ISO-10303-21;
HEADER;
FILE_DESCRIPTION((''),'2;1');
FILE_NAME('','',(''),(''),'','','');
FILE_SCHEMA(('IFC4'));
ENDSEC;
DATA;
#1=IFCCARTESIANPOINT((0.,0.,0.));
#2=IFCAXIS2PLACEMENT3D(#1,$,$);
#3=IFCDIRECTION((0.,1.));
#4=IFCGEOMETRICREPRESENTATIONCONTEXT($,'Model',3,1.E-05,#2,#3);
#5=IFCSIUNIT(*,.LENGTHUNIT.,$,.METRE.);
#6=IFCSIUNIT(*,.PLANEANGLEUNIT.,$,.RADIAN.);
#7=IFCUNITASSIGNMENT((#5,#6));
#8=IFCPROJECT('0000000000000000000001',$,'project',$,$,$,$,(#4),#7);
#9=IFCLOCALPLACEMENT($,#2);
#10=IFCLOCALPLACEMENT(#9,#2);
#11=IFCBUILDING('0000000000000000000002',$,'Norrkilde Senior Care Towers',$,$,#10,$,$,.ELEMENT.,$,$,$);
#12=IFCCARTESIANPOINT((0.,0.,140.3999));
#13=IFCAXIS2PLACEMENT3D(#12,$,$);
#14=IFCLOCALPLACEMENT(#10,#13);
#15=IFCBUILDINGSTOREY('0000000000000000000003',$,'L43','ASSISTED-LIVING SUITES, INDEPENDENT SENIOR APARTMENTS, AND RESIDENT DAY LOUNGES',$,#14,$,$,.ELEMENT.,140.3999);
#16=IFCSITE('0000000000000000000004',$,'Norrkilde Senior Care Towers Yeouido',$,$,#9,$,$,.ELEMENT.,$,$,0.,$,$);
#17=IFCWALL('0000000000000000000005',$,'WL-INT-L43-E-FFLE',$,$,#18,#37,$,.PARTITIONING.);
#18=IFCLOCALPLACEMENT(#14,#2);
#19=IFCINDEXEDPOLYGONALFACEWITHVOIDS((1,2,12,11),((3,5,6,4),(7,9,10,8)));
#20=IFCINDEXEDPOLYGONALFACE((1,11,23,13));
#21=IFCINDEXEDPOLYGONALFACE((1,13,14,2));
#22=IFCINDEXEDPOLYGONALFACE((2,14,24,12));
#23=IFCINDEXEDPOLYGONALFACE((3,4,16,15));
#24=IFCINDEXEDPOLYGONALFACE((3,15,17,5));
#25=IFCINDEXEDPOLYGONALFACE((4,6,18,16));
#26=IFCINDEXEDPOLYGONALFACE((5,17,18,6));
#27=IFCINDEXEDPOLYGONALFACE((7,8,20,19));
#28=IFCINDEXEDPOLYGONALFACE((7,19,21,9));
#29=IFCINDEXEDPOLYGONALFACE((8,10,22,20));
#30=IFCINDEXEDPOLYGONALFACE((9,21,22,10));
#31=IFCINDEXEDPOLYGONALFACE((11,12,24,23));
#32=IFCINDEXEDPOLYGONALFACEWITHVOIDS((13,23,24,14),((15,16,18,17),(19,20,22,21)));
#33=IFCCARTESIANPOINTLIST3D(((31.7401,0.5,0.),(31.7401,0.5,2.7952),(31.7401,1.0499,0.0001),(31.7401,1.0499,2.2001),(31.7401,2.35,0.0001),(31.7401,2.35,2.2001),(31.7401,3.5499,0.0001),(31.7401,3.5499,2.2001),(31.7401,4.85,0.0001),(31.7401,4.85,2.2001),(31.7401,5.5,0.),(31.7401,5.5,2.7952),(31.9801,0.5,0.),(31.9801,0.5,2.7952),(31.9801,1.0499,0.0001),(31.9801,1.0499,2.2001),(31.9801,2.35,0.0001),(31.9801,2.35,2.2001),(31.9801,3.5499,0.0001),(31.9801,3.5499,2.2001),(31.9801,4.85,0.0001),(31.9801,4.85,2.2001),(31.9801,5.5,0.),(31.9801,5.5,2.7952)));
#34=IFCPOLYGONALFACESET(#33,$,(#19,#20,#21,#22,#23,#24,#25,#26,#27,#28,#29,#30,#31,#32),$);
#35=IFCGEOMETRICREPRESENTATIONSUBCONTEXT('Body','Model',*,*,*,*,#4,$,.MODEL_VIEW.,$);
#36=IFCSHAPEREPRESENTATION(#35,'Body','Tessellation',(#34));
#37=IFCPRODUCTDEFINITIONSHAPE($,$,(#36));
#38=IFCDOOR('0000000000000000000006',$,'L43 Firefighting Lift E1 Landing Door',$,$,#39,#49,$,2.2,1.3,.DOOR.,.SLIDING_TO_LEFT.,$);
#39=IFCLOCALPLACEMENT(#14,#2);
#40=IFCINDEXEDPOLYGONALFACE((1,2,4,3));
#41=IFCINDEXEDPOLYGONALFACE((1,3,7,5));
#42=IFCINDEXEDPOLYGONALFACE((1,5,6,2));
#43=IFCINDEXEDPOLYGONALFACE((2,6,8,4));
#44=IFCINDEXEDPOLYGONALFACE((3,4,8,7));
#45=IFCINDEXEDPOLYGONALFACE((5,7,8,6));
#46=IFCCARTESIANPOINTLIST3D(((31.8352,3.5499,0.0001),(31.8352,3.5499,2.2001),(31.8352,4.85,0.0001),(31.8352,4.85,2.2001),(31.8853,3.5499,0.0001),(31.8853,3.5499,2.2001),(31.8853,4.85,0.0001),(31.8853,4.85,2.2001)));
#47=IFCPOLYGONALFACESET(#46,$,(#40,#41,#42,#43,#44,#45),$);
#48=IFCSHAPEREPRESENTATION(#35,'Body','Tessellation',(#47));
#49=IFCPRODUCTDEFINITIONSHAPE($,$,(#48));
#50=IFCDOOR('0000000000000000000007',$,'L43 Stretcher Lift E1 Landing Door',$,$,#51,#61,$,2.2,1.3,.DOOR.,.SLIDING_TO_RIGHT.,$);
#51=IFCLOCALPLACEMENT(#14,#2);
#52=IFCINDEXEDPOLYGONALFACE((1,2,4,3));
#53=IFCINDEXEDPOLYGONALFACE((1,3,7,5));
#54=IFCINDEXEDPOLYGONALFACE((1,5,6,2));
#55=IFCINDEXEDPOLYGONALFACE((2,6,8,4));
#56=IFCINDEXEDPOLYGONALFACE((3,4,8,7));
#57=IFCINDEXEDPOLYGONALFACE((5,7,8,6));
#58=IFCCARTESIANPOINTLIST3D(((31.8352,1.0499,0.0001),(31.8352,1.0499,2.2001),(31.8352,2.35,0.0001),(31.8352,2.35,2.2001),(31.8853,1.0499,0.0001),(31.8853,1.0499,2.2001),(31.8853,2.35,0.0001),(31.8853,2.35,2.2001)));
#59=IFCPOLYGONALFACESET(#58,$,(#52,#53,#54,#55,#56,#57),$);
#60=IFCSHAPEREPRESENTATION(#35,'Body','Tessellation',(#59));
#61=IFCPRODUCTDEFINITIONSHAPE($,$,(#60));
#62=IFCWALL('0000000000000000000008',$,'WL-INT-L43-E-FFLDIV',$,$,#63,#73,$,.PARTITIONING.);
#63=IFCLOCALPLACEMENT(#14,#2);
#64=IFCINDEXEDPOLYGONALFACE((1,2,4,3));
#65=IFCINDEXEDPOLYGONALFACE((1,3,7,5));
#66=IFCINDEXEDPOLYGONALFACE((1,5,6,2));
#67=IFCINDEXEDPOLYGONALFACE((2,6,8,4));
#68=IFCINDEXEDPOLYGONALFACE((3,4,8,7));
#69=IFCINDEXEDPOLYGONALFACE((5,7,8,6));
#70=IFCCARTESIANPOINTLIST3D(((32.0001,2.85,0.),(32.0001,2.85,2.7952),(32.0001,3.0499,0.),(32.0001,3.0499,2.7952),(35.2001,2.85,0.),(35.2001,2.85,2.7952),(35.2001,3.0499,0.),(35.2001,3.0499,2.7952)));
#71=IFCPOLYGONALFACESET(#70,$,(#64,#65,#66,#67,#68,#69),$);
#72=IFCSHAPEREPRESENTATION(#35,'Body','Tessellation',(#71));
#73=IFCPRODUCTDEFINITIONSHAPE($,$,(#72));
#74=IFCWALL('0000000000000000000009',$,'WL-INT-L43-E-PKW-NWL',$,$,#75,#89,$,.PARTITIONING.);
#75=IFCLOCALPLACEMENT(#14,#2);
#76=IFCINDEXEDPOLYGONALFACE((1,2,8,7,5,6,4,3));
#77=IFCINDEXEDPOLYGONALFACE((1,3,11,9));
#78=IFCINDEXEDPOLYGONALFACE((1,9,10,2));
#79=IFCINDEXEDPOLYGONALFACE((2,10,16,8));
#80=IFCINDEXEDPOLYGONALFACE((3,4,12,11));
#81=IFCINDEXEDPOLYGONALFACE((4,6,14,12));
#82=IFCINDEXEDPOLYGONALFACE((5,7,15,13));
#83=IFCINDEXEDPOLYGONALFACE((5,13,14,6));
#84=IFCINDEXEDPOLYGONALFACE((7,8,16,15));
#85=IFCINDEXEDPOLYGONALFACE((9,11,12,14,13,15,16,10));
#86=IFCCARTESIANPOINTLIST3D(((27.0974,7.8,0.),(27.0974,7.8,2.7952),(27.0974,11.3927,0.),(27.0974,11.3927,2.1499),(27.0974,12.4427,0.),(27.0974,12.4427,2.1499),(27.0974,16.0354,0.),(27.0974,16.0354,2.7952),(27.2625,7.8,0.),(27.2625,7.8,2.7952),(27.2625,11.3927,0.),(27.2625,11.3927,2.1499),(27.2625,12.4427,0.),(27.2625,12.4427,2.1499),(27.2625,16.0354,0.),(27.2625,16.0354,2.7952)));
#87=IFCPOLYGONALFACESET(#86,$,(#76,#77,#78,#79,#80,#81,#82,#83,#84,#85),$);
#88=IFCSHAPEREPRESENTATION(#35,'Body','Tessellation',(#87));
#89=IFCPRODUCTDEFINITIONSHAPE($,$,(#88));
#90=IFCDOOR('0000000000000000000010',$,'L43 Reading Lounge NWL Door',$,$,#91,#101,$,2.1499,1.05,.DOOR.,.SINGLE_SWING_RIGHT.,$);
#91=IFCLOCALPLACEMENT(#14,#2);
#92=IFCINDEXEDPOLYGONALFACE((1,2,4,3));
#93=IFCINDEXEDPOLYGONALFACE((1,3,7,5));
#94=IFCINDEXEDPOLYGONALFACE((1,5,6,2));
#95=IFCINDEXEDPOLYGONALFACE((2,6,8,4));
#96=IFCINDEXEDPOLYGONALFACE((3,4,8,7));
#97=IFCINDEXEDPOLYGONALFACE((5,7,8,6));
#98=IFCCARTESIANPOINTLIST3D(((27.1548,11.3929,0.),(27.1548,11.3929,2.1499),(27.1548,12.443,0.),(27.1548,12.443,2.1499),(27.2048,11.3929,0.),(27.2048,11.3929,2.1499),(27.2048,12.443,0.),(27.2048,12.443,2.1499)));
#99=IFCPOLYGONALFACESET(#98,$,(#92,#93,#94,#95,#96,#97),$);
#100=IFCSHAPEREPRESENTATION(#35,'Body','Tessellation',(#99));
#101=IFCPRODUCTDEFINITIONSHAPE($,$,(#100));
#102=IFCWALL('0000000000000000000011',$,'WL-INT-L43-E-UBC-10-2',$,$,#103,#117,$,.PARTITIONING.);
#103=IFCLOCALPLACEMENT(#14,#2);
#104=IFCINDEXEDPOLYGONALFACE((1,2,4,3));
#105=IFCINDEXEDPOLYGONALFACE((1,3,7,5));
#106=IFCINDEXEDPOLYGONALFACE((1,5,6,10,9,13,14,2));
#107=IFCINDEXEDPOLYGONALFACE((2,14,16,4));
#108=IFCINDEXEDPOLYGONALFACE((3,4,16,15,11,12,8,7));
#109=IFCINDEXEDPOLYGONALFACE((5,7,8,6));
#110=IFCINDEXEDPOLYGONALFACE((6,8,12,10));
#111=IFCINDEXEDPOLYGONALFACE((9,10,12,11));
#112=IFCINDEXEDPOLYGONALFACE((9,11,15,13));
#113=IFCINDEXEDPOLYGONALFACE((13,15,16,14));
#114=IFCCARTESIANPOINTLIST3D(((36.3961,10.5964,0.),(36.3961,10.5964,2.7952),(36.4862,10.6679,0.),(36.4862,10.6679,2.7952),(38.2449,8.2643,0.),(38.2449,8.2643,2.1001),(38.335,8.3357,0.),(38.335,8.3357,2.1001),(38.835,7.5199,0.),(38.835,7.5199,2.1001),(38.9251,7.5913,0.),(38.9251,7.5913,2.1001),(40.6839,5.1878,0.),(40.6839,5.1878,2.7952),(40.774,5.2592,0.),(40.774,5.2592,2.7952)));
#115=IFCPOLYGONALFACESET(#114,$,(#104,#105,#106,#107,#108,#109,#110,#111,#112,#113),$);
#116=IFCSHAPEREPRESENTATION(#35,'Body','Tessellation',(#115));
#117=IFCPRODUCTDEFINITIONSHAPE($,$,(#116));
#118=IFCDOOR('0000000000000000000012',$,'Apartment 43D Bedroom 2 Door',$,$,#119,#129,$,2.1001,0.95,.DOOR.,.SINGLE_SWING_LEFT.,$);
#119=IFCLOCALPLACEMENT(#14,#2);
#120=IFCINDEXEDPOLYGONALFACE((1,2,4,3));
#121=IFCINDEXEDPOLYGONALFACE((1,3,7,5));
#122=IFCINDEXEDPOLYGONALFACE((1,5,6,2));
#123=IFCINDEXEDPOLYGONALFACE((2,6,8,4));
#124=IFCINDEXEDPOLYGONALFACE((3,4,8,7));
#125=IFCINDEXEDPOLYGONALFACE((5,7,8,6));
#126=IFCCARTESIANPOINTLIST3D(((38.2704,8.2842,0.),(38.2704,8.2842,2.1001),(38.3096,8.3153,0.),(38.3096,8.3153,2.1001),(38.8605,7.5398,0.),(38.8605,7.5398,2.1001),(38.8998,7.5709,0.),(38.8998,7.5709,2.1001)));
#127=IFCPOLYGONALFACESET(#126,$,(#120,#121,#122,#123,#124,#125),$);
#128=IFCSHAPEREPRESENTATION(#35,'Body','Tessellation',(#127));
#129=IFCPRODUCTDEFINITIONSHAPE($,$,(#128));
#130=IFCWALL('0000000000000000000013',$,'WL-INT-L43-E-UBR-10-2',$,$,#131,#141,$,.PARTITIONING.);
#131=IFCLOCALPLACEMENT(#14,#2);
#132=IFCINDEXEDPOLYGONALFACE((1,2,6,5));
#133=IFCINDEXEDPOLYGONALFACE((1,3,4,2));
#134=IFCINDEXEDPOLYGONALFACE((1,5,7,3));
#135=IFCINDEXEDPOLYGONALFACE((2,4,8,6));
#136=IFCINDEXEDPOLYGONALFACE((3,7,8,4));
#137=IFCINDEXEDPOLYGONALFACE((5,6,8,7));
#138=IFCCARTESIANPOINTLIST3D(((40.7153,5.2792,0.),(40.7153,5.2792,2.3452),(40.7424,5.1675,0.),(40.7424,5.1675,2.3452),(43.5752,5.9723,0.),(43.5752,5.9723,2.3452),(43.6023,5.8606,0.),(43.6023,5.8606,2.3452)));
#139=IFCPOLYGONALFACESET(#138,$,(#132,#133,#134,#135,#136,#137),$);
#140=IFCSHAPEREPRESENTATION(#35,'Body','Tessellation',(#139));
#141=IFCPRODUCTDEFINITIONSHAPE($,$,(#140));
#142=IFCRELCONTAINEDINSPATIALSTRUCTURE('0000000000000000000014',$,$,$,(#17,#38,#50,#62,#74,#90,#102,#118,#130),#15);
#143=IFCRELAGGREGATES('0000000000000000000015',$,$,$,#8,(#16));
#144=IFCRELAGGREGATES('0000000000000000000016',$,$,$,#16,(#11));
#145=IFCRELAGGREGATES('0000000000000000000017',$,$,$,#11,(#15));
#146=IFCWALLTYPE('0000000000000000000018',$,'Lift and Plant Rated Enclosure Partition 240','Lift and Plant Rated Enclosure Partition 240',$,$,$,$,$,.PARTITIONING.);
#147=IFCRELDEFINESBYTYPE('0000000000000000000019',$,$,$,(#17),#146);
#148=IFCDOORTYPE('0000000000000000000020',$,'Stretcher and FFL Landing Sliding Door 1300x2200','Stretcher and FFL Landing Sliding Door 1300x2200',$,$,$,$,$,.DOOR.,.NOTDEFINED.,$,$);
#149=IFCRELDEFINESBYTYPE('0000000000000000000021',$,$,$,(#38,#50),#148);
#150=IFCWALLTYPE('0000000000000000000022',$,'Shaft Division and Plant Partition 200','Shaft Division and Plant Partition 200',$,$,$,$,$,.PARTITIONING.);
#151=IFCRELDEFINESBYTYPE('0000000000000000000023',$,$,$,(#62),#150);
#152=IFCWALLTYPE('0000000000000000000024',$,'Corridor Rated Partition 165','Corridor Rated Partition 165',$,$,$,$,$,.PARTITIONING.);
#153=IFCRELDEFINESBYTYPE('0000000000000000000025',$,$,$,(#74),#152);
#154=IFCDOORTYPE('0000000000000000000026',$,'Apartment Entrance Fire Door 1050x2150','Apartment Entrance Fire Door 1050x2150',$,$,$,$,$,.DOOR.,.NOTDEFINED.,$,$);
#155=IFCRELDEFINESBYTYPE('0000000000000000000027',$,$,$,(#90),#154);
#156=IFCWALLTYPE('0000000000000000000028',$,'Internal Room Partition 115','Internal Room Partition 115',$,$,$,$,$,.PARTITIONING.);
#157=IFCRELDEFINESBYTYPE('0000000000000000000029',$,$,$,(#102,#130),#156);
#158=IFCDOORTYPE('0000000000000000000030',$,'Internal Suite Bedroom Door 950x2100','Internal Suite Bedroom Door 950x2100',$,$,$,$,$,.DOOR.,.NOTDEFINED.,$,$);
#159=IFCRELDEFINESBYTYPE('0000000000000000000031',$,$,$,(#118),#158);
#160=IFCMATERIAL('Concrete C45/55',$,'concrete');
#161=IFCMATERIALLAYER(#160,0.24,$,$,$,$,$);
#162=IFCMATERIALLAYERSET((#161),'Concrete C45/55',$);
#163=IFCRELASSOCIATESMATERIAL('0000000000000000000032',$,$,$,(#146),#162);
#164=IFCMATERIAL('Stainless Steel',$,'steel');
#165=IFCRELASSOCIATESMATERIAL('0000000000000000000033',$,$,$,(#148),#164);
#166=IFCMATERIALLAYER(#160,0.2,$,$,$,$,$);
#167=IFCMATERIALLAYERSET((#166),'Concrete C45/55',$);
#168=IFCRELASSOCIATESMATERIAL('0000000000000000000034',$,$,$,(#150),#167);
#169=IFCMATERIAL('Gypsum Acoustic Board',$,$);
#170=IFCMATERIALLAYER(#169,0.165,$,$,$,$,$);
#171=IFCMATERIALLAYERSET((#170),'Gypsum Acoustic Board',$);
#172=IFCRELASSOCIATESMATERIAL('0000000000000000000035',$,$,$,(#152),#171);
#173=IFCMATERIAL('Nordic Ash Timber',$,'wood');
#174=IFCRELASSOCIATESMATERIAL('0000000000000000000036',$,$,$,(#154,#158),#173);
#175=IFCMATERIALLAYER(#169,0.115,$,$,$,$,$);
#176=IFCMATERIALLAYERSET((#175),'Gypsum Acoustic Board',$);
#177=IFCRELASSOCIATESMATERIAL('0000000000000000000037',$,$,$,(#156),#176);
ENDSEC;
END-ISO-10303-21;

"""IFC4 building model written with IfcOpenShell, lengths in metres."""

from ifc_helpers import new_model, si_unit, direction, frame, frame_2d, origin, place, context, subcontext, project, spatial, rectangle, extrude, source, transform, mapped, material, layer, layer_set, type_object, type_shapes, element, fill, save


model = new_model("IFC4")

# Units and contexts
model_context = context("Model", 3, precision=1e-05, world=origin(), true_north=direction((0.0, 1.0)))
body_context = subcontext(model_context, "Body", "Model", "MODEL_VIEW")
ifc_project = project(units=[si_unit("LENGTHUNIT", "METRE"), si_unit("PLANEANGLEUNIT", "RADIAN")], contexts=[model_context])

# Site, building, storey
site_placement = place(None, origin())
site = spatial("IfcSite", under=ifc_project, at=site_placement, Name="Norrkilde Senior Care Towers Yeouido", CompositionType="ELEMENT", RefElevation=0.0)
building_placement = place(site_placement, origin())
building = spatial("IfcBuilding", under=site, at=building_placement, Name="Norrkilde Senior Care Towers", CompositionType="ELEMENT")
storey_placement = place(building_placement, frame((0.0, 0.0, 140.3999)))
storey = spatial("IfcBuildingStorey", under=building, at=storey_placement, Name="L43", Description="ASSISTED-LIVING SUITES, INDEPENDENT SENIOR APARTMENTS, AND RESIDENT DAY LOUNGES", CompositionType="ELEMENT", Elevation=140.3999)

# Shared definitions
ifc_material_1 = material(Name="Concrete C45/55", Category="concrete")

# Wall, openings, doors
ifc_layer_1 = layer(ifc_material_1, 0.24)
ifc_layer_set_1 = layer_set([ifc_layer_1], Name="Concrete C45/55")
wall_type_1 = type_object("IfcWallType", Name="Lift and Plant Rated Enclosure Partition 240", Description="Lift and Plant Rated Enclosure Partition 240", PredefinedType="PARTITIONING", material=ifc_layer_set_1)
shared_shape_1 = source(origin(), body_context, "Body", "SweptSolid", [
    extrude(rectangle(XDim=5.0, YDim=0.24, at=frame_2d((2.5, 0.0))), origin(), (0.0, 0.0, 1.0), 2.7952),
])
type_shapes(wall_type_1, [shared_shape_1])
wall_1_placement = place(storey_placement, frame((31.8601, 0.5, 0.0), z_axis=(0.0, 0.0, 1.0), x_axis=(0.0, 1.0, 0.0)))
wall_1 = element("IfcWall", 1, at=wall_1_placement, inside=storey, type_object=wall_type_1, Name="WL-INT-L43-E-FFLE", PredefinedType="PARTITIONING", context=body_context, shape_type="MappedRepresentation", body=[
    mapped(shared_shape_1, transform((0.0, 0.0, 0.0), x_axis=(1.0, 0.0, 0.0), y_axis=(0.0, 1.0, 0.0), z_axis=(0.0, 0.0, 1.0), scale=1.0)),
])
opening_1_placement = place(wall_1_placement, frame((3.05, 0.0, 0.0)))
opening_1 = element("IfcOpeningElement", 2, at=opening_1_placement, cuts=wall_1, PredefinedType="OPENING", context=body_context, shape_type="SweptSolid", body=[
    extrude(rectangle(XDim=1.3, YDim=2.2, at=frame_2d((0.6499, 1.1001))), frame((0.0, 0.1299, 0.0), z_axis=(0.0, -1.0, 0.0), x_axis=(1.0, 0.0, 0.0)), (0.0, 0.0, 1.0), 0.26),
])
opening_2_placement = place(wall_1_placement, frame((0.55, 0.0, 0.0)))
opening_2 = element("IfcOpeningElement", 3, at=opening_2_placement, cuts=wall_1, PredefinedType="OPENING", context=body_context, shape_type="SweptSolid", body=[
    extrude(rectangle(XDim=1.3, YDim=2.2, at=frame_2d((0.6499, 1.1001))), frame((0.0, 0.1299, 0.0), z_axis=(0.0, -1.0, 0.0), x_axis=(1.0, 0.0, 0.0)), (0.0, 0.0, 1.0), 0.26),
])
ifc_material_2 = material(Name="Stainless Steel", Category="steel")
door_type_1 = type_object("IfcDoorType", Name="Stretcher and FFL Landing Sliding Door 1300x2200", Description="Stretcher and FFL Landing Sliding Door 1300x2200", OperationType="NOTDEFINED", PredefinedType="DOOR", material=ifc_material_2)
shared_shape_2 = source(origin(), body_context, "Body", "SweptSolid", [
    extrude(rectangle(XDim=1.3, YDim=2.2, at=frame_2d((0.6499, 1.1001))), frame((0.0, 0.0249, 0.0), z_axis=(0.0, -1.0, 0.0), x_axis=(1.0, 0.0, 0.0)), (0.0, 0.0, 1.0), 0.05),
])
type_shapes(door_type_1, [shared_shape_2])
door_1_placement = place(opening_1_placement, origin())
door_1 = element("IfcDoor", 4, at=door_1_placement, inside=storey, type_object=door_type_1, Name="L43 Firefighting Lift E1 Landing Door", OperationType="SLIDING_TO_LEFT", OverallHeight=2.2, OverallWidth=1.3, PredefinedType="DOOR", context=body_context, shape_type="MappedRepresentation", body=[
    mapped(shared_shape_2, transform((0.0, 0.0, 0.0), x_axis=(1.0, 0.0, 0.0), y_axis=(0.0, 1.0, 0.0), z_axis=(0.0, 0.0, 1.0), scale=1.0)),
])
fill(opening_1, door_1)
door_2_placement = place(opening_2_placement, origin())
door_2 = element("IfcDoor", 5, at=door_2_placement, inside=storey, type_object=door_type_1, Name="L43 Stretcher Lift E1 Landing Door", OperationType="SLIDING_TO_RIGHT", OverallHeight=2.2, OverallWidth=1.3, PredefinedType="DOOR", context=body_context, shape_type="MappedRepresentation", body=[
    mapped(shared_shape_2, transform((0.0, 0.0, 0.0), x_axis=(1.0, 0.0, 0.0), y_axis=(0.0, 1.0, 0.0), z_axis=(0.0, 0.0, 1.0), scale=1.0)),
])
fill(opening_2, door_2)

# Wall
ifc_layer_2 = layer(ifc_material_1, 0.2)
ifc_layer_set_2 = layer_set([ifc_layer_2], Name="Concrete C45/55")
wall_type_2 = type_object("IfcWallType", Name="Shaft Division and Plant Partition 200", Description="Shaft Division and Plant Partition 200", PredefinedType="PARTITIONING", material=ifc_layer_set_2)
shared_shape_3 = source(origin(), body_context, "Body", "SweptSolid", [
    extrude(rectangle(XDim=3.2, YDim=0.2, at=frame_2d((1.6001, 0.0))), origin(), (0.0, 0.0, 1.0), 2.7952),
])
type_shapes(wall_type_2, [shared_shape_3])
wall_2_placement = place(storey_placement, frame((32.0, 2.95, 0.0), z_axis=(0.0, 0.0, 1.0), x_axis=(1.0, 0.0, 0.0)))
element("IfcWall", 6, at=wall_2_placement, inside=storey, type_object=wall_type_2, Name="WL-INT-L43-E-FFLDIV", PredefinedType="PARTITIONING", context=body_context, shape_type="MappedRepresentation", body=[
    mapped(shared_shape_3, transform((0.0, 0.0, 0.0), x_axis=(1.0, 0.0, 0.0), y_axis=(0.0, 1.0, 0.0), z_axis=(0.0, 0.0, 1.0), scale=1.0)),
])

# Walls, openings, doors
ifc_material_3 = material(Name="Gypsum Acoustic Board")
ifc_layer_3 = layer(ifc_material_3, 0.165)
ifc_layer_set_3 = layer_set([ifc_layer_3], Name="Gypsum Acoustic Board")
wall_type_3 = type_object("IfcWallType", Name="Corridor Rated Partition 165", Description="Corridor Rated Partition 165", PredefinedType="PARTITIONING", material=ifc_layer_set_3)
shared_shape_4 = source(origin(), body_context, "Body", "SweptSolid", [
    extrude(rectangle(XDim=8.2354, YDim=0.165, at=frame_2d((4.1177, 0.0))), origin(), (0.0, 0.0, 1.0), 2.7952),
])
type_shapes(wall_type_3, [shared_shape_4])
wall_3_placement = place(storey_placement, frame((27.1799, 7.8, 0.0), z_axis=(0.0, 0.0, 1.0), x_axis=(0.0, 1.0, 0.0)))
wall_3 = element("IfcWall", 7, at=wall_3_placement, inside=storey, type_object=wall_type_3, Name="WL-INT-L43-E-PKW-NWL", PredefinedType="PARTITIONING", context=body_context, shape_type="MappedRepresentation", body=[
    mapped(shared_shape_4, transform((0.0, 0.0, 0.0), x_axis=(1.0, 0.0, 0.0), y_axis=(0.0, 1.0, 0.0), z_axis=(0.0, 0.0, 1.0), scale=1.0)),
])
opening_3_placement = place(wall_3_placement, frame((3.5928, 0.0, 0.0)))
opening_3 = element("IfcOpeningElement", 8, at=opening_3_placement, cuts=wall_3, PredefinedType="OPENING", context=body_context, shape_type="SweptSolid", body=[
    extrude(rectangle(XDim=1.05, YDim=2.1499, at=frame_2d((0.5249, 1.075))), frame((0.0, 0.0925, 0.0), z_axis=(0.0, -1.0, 0.0), x_axis=(1.0, 0.0, 0.0)), (0.0, 0.0, 1.0), 0.1851),
])
ifc_material_4 = material(Name="Nordic Ash Timber", Category="wood")
door_type_2 = type_object("IfcDoorType", Name="Apartment Entrance Fire Door 1050x2150", Description="Apartment Entrance Fire Door 1050x2150", OperationType="NOTDEFINED", PredefinedType="DOOR", material=ifc_material_4)
shared_shape_5 = source(origin(), body_context, "Body", "SweptSolid", [
    extrude(rectangle(XDim=1.05, YDim=2.1499, at=frame_2d((0.5249, 1.075))), frame((0.0, 0.0249, 0.0), z_axis=(0.0, -1.0, 0.0), x_axis=(1.0, 0.0, 0.0)), (0.0, 0.0, 1.0), 0.05),
])
type_shapes(door_type_2, [shared_shape_5])
door_3_placement = place(opening_3_placement, frame((1.05, 0.0, 0.0), z_axis=(0.0, 0.0, 1.0), x_axis=(-1.0, 0.0, 0.0)))
door_3 = element("IfcDoor", 9, at=door_3_placement, inside=storey, type_object=door_type_2, Name="L43 Reading Lounge NWL Door", OperationType="SINGLE_SWING_RIGHT", OverallHeight=2.1499, OverallWidth=1.05, PredefinedType="DOOR", context=body_context, shape_type="MappedRepresentation", body=[
    mapped(shared_shape_5, transform((0.0, 0.0, 0.0), x_axis=(1.0, 0.0, 0.0), y_axis=(0.0, 1.0, 0.0), z_axis=(0.0, 0.0, 1.0), scale=1.0)),
])
fill(opening_3, door_3)
ifc_layer_4 = layer(ifc_material_3, 0.115)
ifc_layer_set_4 = layer_set([ifc_layer_4], Name="Gypsum Acoustic Board")
wall_type_4 = type_object("IfcWallType", Name="Internal Room Partition 115", Description="Internal Room Partition 115", PredefinedType="PARTITIONING", material=ifc_layer_set_4)
shared_shape_6 = source(origin(), body_context, "Body", "SweptSolid", [
    extrude(rectangle(XDim=6.9021, YDim=0.115, at=frame_2d((3.4512, 0.0))), origin(), (0.0, 0.0, 1.0), 2.7952),
])
wall_4_placement = place(storey_placement, frame((40.729, 5.2234, 0.0), z_axis=(0.0, 0.0, 1.0), x_axis=(-0.621234, 0.783625, 0.0)))
wall_4 = element("IfcWall", 10, at=wall_4_placement, inside=storey, type_object=wall_type_4, Name="WL-INT-L43-E-UBC-10-2", PredefinedType="PARTITIONING", context=body_context, shape_type="MappedRepresentation", body=[
    mapped(shared_shape_6, transform((0.0, 0.0, 0.0), x_axis=(1.0, 0.0, 0.0), y_axis=(0.0, 1.0, 0.0), z_axis=(0.0, 0.0, 1.0), scale=1.0)),
])
opening_4_placement = place(wall_4_placement, frame((2.9761, 0.0, 0.0)))
opening_4 = element("IfcOpeningElement", 11, at=opening_4_placement, cuts=wall_4, PredefinedType="OPENING", context=body_context, shape_type="SweptSolid", body=[
    extrude(rectangle(XDim=0.95, YDim=2.1001, at=frame_2d((0.4751, 1.05))), frame((0.0, 0.0674, 0.0), z_axis=(0.0, -1.0, 0.0), x_axis=(1.0, 0.0, 0.0)), (0.0, 0.0, 1.0), 0.135),
])
door_type_3 = type_object("IfcDoorType", Name="Internal Suite Bedroom Door 950x2100", Description="Internal Suite Bedroom Door 950x2100", OperationType="NOTDEFINED", PredefinedType="DOOR", material=ifc_material_4)
shared_shape_7 = source(origin(), body_context, "Body", "SweptSolid", [
    extrude(rectangle(XDim=0.95, YDim=2.1001, at=frame_2d((0.4751, 1.05))), frame((0.0, 0.0249, 0.0), z_axis=(0.0, -1.0, 0.0), x_axis=(1.0, 0.0, 0.0)), (0.0, 0.0, 1.0), 0.05),
])
type_shapes(door_type_3, [shared_shape_7])
door_4_placement = place(opening_4_placement, frame((0.95, 0.0, 0.0), z_axis=(0.0, 0.0, 1.0), x_axis=(-1.0, 0.0, 0.0)))
door_4 = element("IfcDoor", 12, at=door_4_placement, inside=storey, type_object=door_type_3, Name="Apartment 43D Bedroom 2 Door", OperationType="SINGLE_SWING_LEFT", OverallHeight=2.1001, OverallWidth=0.95, PredefinedType="DOOR", context=body_context, shape_type="MappedRepresentation", body=[
    mapped(shared_shape_7, transform((0.0, 0.0, 0.0), x_axis=(1.0, 0.0, 0.0), y_axis=(0.0, 1.0, 0.0), z_axis=(0.0, 0.0, 1.0), scale=1.0)),
])
fill(opening_4, door_4)

# Wall
shared_shape_8 = source(origin(), body_context, "Body", "SweptSolid", [
    extrude(rectangle(XDim=2.9426, YDim=0.115, at=frame_2d((1.4712, 0.0))), origin(), (0.0, 0.0, 1.0), 2.3452),
])
type_shapes(wall_type_4, [shared_shape_6, shared_shape_8])
wall_5_placement = place(storey_placement, frame((40.729, 5.2234, 0.0), z_axis=(0.0, 0.0, 1.0), x_axis=(0.971864, 0.235541, 0.0)))
element("IfcWall", 13, at=wall_5_placement, inside=storey, type_object=wall_type_4, Name="WL-INT-L43-E-UBR-10-2", PredefinedType="PARTITIONING", context=body_context, shape_type="MappedRepresentation", body=[
    mapped(shared_shape_8, transform((0.0, 0.0, 0.0), x_axis=(1.0, 0.0, 0.0), y_axis=(0.0, 1.0, 0.0), z_axis=(0.0, 0.0, 1.0), scale=1.0)),
])

save(model, "model.ifc")
